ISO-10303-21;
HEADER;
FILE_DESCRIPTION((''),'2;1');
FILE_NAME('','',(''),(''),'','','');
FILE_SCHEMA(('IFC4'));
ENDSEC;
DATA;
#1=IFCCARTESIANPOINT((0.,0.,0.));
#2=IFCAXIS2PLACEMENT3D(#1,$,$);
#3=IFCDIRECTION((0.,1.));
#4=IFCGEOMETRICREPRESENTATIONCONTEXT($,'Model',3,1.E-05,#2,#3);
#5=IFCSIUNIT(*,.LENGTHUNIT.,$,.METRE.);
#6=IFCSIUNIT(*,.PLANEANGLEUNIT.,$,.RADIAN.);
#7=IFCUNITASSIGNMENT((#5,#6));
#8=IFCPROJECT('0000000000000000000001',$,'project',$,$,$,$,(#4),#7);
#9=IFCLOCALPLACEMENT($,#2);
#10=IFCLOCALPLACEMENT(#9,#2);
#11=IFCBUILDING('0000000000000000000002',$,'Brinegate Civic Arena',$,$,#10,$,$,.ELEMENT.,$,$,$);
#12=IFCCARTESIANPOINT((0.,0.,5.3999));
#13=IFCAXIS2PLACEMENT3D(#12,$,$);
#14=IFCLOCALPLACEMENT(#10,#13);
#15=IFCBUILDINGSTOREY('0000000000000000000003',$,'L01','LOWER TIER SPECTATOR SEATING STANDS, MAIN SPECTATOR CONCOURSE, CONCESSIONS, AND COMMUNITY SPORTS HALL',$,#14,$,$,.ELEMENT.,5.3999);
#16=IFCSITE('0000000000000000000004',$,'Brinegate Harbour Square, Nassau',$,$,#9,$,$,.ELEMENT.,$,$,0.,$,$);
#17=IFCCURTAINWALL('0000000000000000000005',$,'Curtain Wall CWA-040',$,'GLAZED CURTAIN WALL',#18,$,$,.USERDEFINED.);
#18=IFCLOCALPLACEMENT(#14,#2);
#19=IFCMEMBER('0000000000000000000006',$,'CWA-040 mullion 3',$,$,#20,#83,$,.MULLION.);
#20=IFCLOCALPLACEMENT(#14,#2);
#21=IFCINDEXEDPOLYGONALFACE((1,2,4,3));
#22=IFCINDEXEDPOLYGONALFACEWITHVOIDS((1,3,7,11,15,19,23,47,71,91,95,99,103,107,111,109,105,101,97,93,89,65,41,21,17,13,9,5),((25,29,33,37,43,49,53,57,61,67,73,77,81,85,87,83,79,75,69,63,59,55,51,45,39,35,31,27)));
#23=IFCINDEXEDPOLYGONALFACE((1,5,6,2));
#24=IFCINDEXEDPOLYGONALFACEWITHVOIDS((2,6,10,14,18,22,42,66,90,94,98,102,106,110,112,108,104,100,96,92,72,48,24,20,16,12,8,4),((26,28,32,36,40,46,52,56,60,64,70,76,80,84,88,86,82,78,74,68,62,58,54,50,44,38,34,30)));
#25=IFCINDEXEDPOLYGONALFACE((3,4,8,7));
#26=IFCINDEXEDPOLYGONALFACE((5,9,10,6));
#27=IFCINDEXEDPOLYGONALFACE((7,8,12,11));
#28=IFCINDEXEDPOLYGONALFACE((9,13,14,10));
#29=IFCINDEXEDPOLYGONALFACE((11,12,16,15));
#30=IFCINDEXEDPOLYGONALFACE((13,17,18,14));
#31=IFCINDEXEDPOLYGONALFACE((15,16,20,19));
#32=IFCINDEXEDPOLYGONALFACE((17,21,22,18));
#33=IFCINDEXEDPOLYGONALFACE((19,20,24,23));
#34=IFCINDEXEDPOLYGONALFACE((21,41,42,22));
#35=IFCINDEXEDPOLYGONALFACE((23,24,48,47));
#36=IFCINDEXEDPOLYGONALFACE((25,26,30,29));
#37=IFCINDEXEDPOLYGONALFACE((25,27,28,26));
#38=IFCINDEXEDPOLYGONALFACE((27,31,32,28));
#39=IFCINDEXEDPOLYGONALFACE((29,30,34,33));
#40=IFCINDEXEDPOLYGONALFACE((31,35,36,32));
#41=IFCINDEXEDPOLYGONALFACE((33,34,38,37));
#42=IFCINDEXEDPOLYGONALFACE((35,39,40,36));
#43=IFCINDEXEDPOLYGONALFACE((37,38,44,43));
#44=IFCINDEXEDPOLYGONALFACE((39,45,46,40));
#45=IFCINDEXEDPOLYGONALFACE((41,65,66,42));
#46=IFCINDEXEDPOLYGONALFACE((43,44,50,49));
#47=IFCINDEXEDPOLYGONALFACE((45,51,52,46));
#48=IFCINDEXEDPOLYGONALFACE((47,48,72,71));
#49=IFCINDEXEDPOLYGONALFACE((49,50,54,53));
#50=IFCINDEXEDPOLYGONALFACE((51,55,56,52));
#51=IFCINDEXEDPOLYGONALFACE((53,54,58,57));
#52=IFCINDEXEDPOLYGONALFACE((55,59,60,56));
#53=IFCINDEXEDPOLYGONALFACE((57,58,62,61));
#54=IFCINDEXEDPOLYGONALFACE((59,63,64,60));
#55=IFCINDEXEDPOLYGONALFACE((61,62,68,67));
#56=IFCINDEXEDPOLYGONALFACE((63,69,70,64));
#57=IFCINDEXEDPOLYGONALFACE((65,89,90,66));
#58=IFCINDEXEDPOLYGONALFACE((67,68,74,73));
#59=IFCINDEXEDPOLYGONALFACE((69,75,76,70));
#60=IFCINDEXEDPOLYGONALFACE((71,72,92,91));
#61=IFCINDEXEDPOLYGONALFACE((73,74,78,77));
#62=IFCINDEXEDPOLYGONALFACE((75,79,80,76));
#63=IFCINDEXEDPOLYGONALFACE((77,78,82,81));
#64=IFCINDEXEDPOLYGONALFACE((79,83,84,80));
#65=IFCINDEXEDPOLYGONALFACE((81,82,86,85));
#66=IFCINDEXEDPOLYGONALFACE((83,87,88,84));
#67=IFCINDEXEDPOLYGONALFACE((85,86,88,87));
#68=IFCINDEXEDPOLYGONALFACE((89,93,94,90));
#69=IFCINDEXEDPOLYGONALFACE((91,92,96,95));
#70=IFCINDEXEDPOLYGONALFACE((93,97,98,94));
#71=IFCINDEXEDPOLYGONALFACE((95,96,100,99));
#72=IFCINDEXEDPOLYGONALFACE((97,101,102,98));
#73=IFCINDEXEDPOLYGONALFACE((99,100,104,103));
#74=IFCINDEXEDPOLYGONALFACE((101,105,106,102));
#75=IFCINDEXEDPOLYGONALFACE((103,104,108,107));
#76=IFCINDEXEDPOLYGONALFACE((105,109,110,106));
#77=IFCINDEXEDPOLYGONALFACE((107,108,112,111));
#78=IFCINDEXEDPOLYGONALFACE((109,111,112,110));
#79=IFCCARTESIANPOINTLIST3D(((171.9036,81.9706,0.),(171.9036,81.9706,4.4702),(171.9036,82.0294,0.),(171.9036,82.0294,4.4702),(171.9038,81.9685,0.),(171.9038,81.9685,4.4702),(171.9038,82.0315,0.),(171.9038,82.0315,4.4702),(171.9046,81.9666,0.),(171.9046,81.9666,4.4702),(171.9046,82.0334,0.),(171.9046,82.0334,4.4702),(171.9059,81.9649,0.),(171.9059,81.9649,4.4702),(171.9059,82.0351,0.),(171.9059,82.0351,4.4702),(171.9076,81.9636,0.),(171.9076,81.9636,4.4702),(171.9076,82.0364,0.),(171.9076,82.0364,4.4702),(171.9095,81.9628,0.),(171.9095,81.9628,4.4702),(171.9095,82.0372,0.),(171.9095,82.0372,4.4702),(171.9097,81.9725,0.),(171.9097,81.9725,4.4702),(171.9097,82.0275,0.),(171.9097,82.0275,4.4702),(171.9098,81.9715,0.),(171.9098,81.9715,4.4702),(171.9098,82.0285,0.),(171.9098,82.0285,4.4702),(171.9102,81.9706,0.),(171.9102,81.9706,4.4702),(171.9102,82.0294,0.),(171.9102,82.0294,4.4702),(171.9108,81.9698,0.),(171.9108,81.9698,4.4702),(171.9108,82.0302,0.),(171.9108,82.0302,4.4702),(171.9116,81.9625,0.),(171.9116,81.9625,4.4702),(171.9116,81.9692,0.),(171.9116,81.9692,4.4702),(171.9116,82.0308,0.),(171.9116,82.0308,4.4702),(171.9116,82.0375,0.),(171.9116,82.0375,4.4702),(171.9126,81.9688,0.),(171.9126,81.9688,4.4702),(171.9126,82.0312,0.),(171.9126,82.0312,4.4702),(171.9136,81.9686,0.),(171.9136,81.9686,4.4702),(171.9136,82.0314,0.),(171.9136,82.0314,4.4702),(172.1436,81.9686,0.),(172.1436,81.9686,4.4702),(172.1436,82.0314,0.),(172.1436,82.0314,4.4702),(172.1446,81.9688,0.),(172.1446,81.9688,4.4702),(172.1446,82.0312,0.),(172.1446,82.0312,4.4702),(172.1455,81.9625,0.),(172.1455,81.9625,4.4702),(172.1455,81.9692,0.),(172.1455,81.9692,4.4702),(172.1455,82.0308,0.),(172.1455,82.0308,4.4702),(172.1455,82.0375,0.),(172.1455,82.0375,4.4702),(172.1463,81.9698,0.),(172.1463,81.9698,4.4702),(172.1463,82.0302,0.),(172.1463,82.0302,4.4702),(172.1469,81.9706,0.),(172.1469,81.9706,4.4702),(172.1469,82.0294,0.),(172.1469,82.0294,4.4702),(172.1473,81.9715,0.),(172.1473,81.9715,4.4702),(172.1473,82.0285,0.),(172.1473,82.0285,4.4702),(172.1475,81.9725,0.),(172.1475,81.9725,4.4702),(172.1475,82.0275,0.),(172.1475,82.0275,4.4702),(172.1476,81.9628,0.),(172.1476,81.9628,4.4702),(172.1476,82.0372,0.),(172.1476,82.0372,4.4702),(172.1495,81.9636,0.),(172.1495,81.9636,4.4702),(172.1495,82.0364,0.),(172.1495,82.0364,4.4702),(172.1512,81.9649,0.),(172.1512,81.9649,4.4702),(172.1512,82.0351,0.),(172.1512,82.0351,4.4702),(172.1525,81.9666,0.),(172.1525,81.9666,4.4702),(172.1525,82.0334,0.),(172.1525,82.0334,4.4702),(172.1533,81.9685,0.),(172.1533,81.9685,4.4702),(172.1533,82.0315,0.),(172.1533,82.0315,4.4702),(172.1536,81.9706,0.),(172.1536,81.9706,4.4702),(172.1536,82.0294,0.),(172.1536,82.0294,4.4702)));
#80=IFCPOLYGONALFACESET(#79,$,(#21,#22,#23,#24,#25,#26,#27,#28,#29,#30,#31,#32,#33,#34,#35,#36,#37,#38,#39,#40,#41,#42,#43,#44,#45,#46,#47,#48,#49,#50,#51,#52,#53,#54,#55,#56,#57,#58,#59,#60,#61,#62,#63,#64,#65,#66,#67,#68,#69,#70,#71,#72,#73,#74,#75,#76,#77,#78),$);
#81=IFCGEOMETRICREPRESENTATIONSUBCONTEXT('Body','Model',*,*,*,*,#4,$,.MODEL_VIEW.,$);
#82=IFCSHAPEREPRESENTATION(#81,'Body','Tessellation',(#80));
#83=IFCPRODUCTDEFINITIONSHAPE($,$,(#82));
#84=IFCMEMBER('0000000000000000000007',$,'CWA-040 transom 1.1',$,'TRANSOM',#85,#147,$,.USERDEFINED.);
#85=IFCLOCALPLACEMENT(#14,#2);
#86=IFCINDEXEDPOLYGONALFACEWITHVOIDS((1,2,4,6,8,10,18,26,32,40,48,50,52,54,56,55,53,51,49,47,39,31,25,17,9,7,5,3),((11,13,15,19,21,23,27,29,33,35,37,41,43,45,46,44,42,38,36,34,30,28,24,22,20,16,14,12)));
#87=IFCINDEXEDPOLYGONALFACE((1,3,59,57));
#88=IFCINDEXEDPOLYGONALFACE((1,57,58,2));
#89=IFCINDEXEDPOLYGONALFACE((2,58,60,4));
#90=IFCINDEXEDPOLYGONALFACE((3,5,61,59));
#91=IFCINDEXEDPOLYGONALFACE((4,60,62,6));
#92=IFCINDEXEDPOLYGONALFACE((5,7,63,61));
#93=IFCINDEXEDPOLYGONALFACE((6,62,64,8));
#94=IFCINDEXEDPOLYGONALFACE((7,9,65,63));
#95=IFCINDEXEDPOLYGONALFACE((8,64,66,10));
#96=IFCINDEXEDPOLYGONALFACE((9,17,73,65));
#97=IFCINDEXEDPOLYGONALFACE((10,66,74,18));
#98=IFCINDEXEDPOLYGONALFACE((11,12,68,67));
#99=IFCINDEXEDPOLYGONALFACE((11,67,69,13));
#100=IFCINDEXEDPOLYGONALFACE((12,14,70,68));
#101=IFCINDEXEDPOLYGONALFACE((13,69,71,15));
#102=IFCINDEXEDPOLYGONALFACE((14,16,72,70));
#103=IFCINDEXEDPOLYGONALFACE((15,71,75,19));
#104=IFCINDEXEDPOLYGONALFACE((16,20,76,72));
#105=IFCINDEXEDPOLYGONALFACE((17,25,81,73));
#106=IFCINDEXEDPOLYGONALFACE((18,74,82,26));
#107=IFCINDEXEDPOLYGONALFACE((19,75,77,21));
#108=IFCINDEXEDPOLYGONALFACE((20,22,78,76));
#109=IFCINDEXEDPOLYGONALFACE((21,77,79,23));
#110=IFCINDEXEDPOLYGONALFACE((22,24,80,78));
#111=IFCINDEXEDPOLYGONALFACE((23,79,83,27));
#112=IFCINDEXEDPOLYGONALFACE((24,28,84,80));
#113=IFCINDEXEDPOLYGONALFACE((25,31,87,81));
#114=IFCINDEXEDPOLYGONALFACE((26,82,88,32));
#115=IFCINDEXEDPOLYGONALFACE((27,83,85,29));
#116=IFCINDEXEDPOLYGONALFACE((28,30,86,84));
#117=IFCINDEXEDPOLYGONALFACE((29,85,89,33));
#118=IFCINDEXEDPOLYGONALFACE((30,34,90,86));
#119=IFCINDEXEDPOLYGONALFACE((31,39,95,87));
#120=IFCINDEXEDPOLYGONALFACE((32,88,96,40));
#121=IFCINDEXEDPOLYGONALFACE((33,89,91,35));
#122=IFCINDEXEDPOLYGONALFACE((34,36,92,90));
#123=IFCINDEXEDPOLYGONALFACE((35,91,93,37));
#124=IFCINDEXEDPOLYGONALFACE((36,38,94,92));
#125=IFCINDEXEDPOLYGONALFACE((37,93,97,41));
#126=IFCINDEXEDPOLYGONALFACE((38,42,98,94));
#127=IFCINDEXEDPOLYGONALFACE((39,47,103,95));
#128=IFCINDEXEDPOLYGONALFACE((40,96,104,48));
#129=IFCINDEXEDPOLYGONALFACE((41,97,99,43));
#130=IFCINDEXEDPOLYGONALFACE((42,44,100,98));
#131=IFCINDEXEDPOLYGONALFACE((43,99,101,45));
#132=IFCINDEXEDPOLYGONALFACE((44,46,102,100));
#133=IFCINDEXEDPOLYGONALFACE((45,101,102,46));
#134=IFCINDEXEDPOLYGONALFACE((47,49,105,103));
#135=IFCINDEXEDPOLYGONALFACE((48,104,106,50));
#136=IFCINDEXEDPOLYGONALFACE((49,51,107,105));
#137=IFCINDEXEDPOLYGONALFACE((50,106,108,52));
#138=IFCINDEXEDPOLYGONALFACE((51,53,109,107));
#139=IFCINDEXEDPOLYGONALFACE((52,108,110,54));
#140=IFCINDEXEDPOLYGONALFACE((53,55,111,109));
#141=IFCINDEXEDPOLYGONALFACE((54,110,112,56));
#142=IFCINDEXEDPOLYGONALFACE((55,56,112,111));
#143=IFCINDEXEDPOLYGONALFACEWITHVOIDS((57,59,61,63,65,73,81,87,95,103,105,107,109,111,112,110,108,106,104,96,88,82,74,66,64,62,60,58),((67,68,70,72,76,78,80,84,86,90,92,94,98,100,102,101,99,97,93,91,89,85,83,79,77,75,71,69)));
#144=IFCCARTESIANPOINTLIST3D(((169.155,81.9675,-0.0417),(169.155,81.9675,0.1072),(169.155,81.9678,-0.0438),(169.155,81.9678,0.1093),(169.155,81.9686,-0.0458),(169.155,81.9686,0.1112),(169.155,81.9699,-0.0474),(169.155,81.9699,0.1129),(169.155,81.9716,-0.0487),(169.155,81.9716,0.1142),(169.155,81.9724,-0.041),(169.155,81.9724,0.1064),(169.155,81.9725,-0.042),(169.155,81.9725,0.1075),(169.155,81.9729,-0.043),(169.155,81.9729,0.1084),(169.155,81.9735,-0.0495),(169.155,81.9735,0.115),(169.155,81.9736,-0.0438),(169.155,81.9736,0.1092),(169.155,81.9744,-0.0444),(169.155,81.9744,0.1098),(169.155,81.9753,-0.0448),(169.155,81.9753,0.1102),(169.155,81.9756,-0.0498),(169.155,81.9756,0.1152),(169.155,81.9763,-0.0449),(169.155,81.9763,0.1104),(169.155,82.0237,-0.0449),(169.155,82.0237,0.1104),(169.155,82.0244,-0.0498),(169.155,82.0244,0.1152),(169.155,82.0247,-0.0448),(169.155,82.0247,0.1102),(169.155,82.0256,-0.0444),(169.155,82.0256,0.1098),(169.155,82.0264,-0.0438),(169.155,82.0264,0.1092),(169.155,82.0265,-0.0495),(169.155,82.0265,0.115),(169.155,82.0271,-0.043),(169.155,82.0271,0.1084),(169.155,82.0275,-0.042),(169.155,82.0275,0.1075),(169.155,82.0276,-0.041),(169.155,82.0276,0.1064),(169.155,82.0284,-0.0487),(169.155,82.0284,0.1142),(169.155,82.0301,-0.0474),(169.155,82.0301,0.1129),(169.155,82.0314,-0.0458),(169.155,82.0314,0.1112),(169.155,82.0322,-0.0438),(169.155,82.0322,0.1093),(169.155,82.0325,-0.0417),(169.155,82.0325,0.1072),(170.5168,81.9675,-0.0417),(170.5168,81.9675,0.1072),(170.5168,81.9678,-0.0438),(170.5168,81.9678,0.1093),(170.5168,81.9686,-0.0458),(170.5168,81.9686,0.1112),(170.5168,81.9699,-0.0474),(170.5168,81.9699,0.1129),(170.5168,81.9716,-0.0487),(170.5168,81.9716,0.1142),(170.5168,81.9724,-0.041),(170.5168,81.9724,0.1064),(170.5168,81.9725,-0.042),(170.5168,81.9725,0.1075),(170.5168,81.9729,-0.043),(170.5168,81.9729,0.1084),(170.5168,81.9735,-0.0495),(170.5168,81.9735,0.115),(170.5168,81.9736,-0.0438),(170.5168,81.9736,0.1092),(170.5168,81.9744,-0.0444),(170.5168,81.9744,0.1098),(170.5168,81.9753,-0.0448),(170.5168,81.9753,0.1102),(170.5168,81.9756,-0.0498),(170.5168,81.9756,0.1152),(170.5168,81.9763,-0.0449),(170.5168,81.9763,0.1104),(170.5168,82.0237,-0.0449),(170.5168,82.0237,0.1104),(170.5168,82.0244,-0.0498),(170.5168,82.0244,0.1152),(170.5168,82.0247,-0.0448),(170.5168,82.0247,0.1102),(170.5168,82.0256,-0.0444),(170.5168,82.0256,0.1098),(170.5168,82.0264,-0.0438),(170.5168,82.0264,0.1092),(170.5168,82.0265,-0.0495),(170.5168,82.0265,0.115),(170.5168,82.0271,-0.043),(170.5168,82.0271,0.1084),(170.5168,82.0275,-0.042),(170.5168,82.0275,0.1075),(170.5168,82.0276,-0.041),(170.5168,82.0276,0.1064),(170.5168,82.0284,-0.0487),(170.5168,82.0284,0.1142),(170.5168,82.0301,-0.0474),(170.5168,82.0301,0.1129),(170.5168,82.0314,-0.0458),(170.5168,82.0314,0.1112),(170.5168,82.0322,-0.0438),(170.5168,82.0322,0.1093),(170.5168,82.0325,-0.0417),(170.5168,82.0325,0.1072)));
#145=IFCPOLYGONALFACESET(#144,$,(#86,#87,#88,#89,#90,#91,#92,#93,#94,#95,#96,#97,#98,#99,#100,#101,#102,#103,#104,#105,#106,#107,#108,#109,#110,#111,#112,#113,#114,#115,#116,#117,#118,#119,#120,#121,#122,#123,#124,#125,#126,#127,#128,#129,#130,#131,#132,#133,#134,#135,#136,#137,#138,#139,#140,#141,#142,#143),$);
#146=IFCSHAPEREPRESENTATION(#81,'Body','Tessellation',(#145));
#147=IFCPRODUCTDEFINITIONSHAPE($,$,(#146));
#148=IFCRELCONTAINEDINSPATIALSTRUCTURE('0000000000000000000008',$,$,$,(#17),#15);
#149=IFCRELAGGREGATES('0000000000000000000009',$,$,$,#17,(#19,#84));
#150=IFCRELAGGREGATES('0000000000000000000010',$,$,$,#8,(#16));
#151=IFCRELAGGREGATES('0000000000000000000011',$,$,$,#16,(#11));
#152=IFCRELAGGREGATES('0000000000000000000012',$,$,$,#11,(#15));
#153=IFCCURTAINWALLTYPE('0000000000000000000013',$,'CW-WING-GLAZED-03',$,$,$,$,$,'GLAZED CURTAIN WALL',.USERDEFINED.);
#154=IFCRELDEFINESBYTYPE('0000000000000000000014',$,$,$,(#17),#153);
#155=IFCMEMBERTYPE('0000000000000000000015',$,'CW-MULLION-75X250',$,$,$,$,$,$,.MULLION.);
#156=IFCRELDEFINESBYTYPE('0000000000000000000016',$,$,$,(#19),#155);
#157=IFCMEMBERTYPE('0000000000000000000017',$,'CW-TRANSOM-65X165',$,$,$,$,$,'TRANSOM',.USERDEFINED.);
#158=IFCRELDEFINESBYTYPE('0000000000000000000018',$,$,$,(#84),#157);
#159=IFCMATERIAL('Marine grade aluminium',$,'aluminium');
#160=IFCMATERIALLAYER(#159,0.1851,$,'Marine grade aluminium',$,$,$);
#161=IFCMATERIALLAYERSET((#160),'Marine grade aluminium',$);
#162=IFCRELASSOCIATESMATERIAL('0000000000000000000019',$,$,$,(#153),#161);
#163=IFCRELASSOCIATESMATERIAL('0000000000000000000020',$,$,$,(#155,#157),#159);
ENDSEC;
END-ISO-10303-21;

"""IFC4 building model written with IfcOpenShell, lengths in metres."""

from ifc_helpers import new_model, si_unit, direction, frame, origin, origin_2d, place, context, subcontext, project, spatial, hollow_rectangle, extrude, material, layer, layer_set, material_profile, profile_set, type_object, element, aggregate, save


model = new_model("IFC4")

# Units and contexts
model_context = context("Model", 3, precision=1e-05, world=origin(), true_north=direction((0.0, 1.0)))
body_context = subcontext(model_context, "Body", "Model", "MODEL_VIEW")
ifc_project = project(units=[si_unit("LENGTHUNIT", "METRE"), si_unit("PLANEANGLEUNIT", "RADIAN")], contexts=[model_context])

# Site, building, storey
site_placement = place(None, origin())
site = spatial("IfcSite", under=ifc_project, at=site_placement, Name="Brinegate Harbour Square, Nassau", CompositionType="ELEMENT", RefElevation=0.0)
building_placement = place(site_placement, origin())
building = spatial("IfcBuilding", under=site, at=building_placement, Name="Brinegate Civic Arena", CompositionType="ELEMENT")
storey_placement = place(building_placement, frame((0.0, 0.0, 5.3999)))
storey = spatial("IfcBuildingStorey", under=building, at=storey_placement, Name="L01", Description="LOWER TIER SPECTATOR SEATING STANDS, MAIN SPECTATOR CONCOURSE, CONCESSIONS, AND COMMUNITY SPORTS HALL", CompositionType="ELEMENT", Elevation=5.3999)

# Curtain wall, members
ifc_material_1 = material(Name="Marine grade aluminium", Category="aluminium")
ifc_layer_1 = layer(ifc_material_1, 0.1851, Name="Marine grade aluminium")
ifc_layer_set_1 = layer_set([ifc_layer_1], Name="Marine grade aluminium")
curtain_wall_type = type_object("IfcCurtainWallType", Name="CW-WING-GLAZED-03", ElementType="GLAZED CURTAIN WALL", PredefinedType="USERDEFINED", material=ifc_layer_set_1)
curtain_wall_placement = place(storey_placement, origin())
curtain_wall = element("IfcCurtainWall", 1, at=curtain_wall_placement, inside=storey, type_object=curtain_wall_type, Name="Curtain Wall CWA-040", ObjectType="GLAZED CURTAIN WALL", PredefinedType="USERDEFINED")
ifc_material_profile_1 = material_profile(ifc_material_1, hollow_rectangle(XDim=0.075, YDim=0.25, WallThickness=0.0061, InnerFilletRadius=0.0039, OuterFilletRadius=0.0081, at=origin_2d()), Name="MUL75X250")
ifc_profile_set_1 = profile_set([ifc_material_profile_1], Name="Marine grade aluminium")
member_type_1 = type_object("IfcMemberType", Name="CW-MULLION-75X250", PredefinedType="MULLION", material=ifc_profile_set_1)
member_1_placement = place(storey_placement, frame((172.0286, 82.0, 0.0), z_axis=(0.0, 0.0, 1.0), x_axis=(0.0, 1.0, 0.0)))
member_1 = element("IfcMember", 2, at=member_1_placement, type_object=member_type_1, Name="CWA-040 mullion 3", PredefinedType="MULLION", context=body_context, shape_type="SweptSolid", body=[
    extrude(hollow_rectangle(XDim=0.075, YDim=0.25, WallThickness=0.0061, InnerFilletRadius=0.0039, OuterFilletRadius=0.0081, at=origin_2d()), origin(), (0.0, 0.0, 1.0), 4.4702),
])
ifc_material_profile_2 = material_profile(ifc_material_1, hollow_rectangle(XDim=0.0649, YDim=0.165, WallThickness=0.0049, InnerFilletRadius=0.0039, OuterFilletRadius=0.0081, at=origin_2d()), Name="TRN65X165")
ifc_profile_set_2 = profile_set([ifc_material_profile_2], Name="Marine grade aluminium")
member_type_2 = type_object("IfcMemberType", Name="CW-TRANSOM-65X165", ElementType="TRANSOM", PredefinedType="USERDEFINED", material=ifc_profile_set_2)
member_2_placement = place(storey_placement, frame((169.155, 82.0, 0.0327), z_axis=(1.0, 0.0, 0.0), x_axis=(0.0, 1.0, 0.0)))
member_2 = element("IfcMember", 3, at=member_2_placement, type_object=member_type_2, Name="CWA-040 transom 1.1", ObjectType="TRANSOM", PredefinedType="USERDEFINED", context=body_context, shape_type="SweptSolid", body=[
    extrude(hollow_rectangle(XDim=0.0649, YDim=0.165, WallThickness=0.0049, InnerFilletRadius=0.0039, OuterFilletRadius=0.0081, at=origin_2d()), origin(), (0.0, 0.0, 1.0), 1.3618),
])

aggregate(curtain_wall, [member_1, member_2])

save(model, "model.ifc")
